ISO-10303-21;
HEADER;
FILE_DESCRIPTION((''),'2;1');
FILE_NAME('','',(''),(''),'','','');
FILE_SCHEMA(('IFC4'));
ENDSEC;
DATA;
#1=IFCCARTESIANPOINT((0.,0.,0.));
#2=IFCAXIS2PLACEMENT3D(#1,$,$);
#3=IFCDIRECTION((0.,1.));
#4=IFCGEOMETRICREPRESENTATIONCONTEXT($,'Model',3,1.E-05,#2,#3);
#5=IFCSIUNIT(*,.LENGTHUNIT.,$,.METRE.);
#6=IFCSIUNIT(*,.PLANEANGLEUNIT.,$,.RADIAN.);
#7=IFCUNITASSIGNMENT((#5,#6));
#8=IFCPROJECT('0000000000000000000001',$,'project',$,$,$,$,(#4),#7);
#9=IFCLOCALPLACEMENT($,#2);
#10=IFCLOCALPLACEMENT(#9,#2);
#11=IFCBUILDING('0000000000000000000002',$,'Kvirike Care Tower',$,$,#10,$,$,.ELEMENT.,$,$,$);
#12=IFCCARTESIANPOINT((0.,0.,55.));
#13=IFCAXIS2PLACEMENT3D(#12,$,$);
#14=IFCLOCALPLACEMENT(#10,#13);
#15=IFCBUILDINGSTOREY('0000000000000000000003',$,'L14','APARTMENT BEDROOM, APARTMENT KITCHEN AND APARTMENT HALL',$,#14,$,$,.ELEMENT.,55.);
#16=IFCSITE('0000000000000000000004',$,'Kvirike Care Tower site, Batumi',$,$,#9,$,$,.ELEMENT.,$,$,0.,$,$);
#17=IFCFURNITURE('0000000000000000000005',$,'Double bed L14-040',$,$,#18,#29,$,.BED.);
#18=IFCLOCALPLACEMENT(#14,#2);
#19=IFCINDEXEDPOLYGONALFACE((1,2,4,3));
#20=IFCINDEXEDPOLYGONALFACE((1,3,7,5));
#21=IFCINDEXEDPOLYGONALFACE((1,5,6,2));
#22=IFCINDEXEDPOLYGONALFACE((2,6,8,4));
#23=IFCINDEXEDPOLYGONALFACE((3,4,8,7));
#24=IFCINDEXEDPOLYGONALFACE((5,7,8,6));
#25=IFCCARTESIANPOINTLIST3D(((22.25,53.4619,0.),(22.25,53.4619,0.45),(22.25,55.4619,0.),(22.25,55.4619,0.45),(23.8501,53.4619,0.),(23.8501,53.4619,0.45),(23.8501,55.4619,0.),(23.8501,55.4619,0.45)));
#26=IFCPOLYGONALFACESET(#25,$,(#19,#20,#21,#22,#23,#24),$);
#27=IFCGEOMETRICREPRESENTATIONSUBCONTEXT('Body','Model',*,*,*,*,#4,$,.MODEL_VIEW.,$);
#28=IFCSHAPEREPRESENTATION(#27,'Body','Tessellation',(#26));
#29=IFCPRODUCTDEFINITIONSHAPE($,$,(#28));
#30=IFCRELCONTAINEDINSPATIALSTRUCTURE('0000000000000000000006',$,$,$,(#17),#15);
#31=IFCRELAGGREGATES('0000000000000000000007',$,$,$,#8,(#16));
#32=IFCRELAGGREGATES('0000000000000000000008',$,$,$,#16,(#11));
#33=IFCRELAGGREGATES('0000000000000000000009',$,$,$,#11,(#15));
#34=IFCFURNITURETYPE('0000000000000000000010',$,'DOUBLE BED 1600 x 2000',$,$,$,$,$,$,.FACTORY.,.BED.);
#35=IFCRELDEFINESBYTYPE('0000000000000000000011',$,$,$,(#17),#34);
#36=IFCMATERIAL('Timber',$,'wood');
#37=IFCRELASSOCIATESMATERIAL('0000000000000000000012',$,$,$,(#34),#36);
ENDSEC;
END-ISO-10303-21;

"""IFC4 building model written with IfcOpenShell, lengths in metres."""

from ifc_helpers import new_model, si_unit, direction, frame, origin, origin_2d, place, context, subcontext, project, spatial, rectangle, extrude, material, type_object, element, save


model = new_model("IFC4")

# Units and contexts
model_context = context("Model", 3, precision=1e-05, world=origin(), true_north=direction((0.0, 1.0)))
body_context = subcontext(model_context, "Body", "Model", "MODEL_VIEW")
ifc_project = project(units=[si_unit("LENGTHUNIT", "METRE"), si_unit("PLANEANGLEUNIT", "RADIAN")], contexts=[model_context])

# Site, building, storey
site_placement = place(None, origin())
site = spatial("IfcSite", under=ifc_project, at=site_placement, Name="Kvirike Care Tower site, Batumi", CompositionType="ELEMENT", RefElevation=0.0)
building_placement = place(site_placement, origin())
building = spatial("IfcBuilding", under=site, at=building_placement, Name="Kvirike Care Tower", CompositionType="ELEMENT")
storey_placement = place(building_placement, frame((0.0, 0.0, 55.0)))
storey = spatial("IfcBuildingStorey", under=building, at=storey_placement, Name="L14", Description="APARTMENT BEDROOM, APARTMENT KITCHEN AND APARTMENT HALL", CompositionType="ELEMENT", Elevation=55.0)

# Furniture
ifc_material_1 = material(Name="Timber", Category="wood")
furniture_type = type_object("IfcFurnitureType", Name="DOUBLE BED 1600 x 2000", AssemblyPlace="FACTORY", PredefinedType="BED", material=ifc_material_1)
for number, where, z_axis, x_axis, name in (
    (1, (23.05, 54.4619, 0.0), (0.0, 0.0, 1.0), (-1.0, 0.0, 0.0), "Double bed L14-040"),
):
    element("IfcFurniture", number, at=place(storey_placement, frame(where, z_axis=z_axis, x_axis=x_axis)), inside=storey, type_object=furniture_type, Name=name, PredefinedType="BED", context=body_context, shape_type="SweptSolid", body=[
        extrude(rectangle(XDim=1.6001, YDim=2.0, at=origin_2d()), origin(), (0.0, 0.0, 1.0), 0.45),
    ])

save(model, "model.ifc")
